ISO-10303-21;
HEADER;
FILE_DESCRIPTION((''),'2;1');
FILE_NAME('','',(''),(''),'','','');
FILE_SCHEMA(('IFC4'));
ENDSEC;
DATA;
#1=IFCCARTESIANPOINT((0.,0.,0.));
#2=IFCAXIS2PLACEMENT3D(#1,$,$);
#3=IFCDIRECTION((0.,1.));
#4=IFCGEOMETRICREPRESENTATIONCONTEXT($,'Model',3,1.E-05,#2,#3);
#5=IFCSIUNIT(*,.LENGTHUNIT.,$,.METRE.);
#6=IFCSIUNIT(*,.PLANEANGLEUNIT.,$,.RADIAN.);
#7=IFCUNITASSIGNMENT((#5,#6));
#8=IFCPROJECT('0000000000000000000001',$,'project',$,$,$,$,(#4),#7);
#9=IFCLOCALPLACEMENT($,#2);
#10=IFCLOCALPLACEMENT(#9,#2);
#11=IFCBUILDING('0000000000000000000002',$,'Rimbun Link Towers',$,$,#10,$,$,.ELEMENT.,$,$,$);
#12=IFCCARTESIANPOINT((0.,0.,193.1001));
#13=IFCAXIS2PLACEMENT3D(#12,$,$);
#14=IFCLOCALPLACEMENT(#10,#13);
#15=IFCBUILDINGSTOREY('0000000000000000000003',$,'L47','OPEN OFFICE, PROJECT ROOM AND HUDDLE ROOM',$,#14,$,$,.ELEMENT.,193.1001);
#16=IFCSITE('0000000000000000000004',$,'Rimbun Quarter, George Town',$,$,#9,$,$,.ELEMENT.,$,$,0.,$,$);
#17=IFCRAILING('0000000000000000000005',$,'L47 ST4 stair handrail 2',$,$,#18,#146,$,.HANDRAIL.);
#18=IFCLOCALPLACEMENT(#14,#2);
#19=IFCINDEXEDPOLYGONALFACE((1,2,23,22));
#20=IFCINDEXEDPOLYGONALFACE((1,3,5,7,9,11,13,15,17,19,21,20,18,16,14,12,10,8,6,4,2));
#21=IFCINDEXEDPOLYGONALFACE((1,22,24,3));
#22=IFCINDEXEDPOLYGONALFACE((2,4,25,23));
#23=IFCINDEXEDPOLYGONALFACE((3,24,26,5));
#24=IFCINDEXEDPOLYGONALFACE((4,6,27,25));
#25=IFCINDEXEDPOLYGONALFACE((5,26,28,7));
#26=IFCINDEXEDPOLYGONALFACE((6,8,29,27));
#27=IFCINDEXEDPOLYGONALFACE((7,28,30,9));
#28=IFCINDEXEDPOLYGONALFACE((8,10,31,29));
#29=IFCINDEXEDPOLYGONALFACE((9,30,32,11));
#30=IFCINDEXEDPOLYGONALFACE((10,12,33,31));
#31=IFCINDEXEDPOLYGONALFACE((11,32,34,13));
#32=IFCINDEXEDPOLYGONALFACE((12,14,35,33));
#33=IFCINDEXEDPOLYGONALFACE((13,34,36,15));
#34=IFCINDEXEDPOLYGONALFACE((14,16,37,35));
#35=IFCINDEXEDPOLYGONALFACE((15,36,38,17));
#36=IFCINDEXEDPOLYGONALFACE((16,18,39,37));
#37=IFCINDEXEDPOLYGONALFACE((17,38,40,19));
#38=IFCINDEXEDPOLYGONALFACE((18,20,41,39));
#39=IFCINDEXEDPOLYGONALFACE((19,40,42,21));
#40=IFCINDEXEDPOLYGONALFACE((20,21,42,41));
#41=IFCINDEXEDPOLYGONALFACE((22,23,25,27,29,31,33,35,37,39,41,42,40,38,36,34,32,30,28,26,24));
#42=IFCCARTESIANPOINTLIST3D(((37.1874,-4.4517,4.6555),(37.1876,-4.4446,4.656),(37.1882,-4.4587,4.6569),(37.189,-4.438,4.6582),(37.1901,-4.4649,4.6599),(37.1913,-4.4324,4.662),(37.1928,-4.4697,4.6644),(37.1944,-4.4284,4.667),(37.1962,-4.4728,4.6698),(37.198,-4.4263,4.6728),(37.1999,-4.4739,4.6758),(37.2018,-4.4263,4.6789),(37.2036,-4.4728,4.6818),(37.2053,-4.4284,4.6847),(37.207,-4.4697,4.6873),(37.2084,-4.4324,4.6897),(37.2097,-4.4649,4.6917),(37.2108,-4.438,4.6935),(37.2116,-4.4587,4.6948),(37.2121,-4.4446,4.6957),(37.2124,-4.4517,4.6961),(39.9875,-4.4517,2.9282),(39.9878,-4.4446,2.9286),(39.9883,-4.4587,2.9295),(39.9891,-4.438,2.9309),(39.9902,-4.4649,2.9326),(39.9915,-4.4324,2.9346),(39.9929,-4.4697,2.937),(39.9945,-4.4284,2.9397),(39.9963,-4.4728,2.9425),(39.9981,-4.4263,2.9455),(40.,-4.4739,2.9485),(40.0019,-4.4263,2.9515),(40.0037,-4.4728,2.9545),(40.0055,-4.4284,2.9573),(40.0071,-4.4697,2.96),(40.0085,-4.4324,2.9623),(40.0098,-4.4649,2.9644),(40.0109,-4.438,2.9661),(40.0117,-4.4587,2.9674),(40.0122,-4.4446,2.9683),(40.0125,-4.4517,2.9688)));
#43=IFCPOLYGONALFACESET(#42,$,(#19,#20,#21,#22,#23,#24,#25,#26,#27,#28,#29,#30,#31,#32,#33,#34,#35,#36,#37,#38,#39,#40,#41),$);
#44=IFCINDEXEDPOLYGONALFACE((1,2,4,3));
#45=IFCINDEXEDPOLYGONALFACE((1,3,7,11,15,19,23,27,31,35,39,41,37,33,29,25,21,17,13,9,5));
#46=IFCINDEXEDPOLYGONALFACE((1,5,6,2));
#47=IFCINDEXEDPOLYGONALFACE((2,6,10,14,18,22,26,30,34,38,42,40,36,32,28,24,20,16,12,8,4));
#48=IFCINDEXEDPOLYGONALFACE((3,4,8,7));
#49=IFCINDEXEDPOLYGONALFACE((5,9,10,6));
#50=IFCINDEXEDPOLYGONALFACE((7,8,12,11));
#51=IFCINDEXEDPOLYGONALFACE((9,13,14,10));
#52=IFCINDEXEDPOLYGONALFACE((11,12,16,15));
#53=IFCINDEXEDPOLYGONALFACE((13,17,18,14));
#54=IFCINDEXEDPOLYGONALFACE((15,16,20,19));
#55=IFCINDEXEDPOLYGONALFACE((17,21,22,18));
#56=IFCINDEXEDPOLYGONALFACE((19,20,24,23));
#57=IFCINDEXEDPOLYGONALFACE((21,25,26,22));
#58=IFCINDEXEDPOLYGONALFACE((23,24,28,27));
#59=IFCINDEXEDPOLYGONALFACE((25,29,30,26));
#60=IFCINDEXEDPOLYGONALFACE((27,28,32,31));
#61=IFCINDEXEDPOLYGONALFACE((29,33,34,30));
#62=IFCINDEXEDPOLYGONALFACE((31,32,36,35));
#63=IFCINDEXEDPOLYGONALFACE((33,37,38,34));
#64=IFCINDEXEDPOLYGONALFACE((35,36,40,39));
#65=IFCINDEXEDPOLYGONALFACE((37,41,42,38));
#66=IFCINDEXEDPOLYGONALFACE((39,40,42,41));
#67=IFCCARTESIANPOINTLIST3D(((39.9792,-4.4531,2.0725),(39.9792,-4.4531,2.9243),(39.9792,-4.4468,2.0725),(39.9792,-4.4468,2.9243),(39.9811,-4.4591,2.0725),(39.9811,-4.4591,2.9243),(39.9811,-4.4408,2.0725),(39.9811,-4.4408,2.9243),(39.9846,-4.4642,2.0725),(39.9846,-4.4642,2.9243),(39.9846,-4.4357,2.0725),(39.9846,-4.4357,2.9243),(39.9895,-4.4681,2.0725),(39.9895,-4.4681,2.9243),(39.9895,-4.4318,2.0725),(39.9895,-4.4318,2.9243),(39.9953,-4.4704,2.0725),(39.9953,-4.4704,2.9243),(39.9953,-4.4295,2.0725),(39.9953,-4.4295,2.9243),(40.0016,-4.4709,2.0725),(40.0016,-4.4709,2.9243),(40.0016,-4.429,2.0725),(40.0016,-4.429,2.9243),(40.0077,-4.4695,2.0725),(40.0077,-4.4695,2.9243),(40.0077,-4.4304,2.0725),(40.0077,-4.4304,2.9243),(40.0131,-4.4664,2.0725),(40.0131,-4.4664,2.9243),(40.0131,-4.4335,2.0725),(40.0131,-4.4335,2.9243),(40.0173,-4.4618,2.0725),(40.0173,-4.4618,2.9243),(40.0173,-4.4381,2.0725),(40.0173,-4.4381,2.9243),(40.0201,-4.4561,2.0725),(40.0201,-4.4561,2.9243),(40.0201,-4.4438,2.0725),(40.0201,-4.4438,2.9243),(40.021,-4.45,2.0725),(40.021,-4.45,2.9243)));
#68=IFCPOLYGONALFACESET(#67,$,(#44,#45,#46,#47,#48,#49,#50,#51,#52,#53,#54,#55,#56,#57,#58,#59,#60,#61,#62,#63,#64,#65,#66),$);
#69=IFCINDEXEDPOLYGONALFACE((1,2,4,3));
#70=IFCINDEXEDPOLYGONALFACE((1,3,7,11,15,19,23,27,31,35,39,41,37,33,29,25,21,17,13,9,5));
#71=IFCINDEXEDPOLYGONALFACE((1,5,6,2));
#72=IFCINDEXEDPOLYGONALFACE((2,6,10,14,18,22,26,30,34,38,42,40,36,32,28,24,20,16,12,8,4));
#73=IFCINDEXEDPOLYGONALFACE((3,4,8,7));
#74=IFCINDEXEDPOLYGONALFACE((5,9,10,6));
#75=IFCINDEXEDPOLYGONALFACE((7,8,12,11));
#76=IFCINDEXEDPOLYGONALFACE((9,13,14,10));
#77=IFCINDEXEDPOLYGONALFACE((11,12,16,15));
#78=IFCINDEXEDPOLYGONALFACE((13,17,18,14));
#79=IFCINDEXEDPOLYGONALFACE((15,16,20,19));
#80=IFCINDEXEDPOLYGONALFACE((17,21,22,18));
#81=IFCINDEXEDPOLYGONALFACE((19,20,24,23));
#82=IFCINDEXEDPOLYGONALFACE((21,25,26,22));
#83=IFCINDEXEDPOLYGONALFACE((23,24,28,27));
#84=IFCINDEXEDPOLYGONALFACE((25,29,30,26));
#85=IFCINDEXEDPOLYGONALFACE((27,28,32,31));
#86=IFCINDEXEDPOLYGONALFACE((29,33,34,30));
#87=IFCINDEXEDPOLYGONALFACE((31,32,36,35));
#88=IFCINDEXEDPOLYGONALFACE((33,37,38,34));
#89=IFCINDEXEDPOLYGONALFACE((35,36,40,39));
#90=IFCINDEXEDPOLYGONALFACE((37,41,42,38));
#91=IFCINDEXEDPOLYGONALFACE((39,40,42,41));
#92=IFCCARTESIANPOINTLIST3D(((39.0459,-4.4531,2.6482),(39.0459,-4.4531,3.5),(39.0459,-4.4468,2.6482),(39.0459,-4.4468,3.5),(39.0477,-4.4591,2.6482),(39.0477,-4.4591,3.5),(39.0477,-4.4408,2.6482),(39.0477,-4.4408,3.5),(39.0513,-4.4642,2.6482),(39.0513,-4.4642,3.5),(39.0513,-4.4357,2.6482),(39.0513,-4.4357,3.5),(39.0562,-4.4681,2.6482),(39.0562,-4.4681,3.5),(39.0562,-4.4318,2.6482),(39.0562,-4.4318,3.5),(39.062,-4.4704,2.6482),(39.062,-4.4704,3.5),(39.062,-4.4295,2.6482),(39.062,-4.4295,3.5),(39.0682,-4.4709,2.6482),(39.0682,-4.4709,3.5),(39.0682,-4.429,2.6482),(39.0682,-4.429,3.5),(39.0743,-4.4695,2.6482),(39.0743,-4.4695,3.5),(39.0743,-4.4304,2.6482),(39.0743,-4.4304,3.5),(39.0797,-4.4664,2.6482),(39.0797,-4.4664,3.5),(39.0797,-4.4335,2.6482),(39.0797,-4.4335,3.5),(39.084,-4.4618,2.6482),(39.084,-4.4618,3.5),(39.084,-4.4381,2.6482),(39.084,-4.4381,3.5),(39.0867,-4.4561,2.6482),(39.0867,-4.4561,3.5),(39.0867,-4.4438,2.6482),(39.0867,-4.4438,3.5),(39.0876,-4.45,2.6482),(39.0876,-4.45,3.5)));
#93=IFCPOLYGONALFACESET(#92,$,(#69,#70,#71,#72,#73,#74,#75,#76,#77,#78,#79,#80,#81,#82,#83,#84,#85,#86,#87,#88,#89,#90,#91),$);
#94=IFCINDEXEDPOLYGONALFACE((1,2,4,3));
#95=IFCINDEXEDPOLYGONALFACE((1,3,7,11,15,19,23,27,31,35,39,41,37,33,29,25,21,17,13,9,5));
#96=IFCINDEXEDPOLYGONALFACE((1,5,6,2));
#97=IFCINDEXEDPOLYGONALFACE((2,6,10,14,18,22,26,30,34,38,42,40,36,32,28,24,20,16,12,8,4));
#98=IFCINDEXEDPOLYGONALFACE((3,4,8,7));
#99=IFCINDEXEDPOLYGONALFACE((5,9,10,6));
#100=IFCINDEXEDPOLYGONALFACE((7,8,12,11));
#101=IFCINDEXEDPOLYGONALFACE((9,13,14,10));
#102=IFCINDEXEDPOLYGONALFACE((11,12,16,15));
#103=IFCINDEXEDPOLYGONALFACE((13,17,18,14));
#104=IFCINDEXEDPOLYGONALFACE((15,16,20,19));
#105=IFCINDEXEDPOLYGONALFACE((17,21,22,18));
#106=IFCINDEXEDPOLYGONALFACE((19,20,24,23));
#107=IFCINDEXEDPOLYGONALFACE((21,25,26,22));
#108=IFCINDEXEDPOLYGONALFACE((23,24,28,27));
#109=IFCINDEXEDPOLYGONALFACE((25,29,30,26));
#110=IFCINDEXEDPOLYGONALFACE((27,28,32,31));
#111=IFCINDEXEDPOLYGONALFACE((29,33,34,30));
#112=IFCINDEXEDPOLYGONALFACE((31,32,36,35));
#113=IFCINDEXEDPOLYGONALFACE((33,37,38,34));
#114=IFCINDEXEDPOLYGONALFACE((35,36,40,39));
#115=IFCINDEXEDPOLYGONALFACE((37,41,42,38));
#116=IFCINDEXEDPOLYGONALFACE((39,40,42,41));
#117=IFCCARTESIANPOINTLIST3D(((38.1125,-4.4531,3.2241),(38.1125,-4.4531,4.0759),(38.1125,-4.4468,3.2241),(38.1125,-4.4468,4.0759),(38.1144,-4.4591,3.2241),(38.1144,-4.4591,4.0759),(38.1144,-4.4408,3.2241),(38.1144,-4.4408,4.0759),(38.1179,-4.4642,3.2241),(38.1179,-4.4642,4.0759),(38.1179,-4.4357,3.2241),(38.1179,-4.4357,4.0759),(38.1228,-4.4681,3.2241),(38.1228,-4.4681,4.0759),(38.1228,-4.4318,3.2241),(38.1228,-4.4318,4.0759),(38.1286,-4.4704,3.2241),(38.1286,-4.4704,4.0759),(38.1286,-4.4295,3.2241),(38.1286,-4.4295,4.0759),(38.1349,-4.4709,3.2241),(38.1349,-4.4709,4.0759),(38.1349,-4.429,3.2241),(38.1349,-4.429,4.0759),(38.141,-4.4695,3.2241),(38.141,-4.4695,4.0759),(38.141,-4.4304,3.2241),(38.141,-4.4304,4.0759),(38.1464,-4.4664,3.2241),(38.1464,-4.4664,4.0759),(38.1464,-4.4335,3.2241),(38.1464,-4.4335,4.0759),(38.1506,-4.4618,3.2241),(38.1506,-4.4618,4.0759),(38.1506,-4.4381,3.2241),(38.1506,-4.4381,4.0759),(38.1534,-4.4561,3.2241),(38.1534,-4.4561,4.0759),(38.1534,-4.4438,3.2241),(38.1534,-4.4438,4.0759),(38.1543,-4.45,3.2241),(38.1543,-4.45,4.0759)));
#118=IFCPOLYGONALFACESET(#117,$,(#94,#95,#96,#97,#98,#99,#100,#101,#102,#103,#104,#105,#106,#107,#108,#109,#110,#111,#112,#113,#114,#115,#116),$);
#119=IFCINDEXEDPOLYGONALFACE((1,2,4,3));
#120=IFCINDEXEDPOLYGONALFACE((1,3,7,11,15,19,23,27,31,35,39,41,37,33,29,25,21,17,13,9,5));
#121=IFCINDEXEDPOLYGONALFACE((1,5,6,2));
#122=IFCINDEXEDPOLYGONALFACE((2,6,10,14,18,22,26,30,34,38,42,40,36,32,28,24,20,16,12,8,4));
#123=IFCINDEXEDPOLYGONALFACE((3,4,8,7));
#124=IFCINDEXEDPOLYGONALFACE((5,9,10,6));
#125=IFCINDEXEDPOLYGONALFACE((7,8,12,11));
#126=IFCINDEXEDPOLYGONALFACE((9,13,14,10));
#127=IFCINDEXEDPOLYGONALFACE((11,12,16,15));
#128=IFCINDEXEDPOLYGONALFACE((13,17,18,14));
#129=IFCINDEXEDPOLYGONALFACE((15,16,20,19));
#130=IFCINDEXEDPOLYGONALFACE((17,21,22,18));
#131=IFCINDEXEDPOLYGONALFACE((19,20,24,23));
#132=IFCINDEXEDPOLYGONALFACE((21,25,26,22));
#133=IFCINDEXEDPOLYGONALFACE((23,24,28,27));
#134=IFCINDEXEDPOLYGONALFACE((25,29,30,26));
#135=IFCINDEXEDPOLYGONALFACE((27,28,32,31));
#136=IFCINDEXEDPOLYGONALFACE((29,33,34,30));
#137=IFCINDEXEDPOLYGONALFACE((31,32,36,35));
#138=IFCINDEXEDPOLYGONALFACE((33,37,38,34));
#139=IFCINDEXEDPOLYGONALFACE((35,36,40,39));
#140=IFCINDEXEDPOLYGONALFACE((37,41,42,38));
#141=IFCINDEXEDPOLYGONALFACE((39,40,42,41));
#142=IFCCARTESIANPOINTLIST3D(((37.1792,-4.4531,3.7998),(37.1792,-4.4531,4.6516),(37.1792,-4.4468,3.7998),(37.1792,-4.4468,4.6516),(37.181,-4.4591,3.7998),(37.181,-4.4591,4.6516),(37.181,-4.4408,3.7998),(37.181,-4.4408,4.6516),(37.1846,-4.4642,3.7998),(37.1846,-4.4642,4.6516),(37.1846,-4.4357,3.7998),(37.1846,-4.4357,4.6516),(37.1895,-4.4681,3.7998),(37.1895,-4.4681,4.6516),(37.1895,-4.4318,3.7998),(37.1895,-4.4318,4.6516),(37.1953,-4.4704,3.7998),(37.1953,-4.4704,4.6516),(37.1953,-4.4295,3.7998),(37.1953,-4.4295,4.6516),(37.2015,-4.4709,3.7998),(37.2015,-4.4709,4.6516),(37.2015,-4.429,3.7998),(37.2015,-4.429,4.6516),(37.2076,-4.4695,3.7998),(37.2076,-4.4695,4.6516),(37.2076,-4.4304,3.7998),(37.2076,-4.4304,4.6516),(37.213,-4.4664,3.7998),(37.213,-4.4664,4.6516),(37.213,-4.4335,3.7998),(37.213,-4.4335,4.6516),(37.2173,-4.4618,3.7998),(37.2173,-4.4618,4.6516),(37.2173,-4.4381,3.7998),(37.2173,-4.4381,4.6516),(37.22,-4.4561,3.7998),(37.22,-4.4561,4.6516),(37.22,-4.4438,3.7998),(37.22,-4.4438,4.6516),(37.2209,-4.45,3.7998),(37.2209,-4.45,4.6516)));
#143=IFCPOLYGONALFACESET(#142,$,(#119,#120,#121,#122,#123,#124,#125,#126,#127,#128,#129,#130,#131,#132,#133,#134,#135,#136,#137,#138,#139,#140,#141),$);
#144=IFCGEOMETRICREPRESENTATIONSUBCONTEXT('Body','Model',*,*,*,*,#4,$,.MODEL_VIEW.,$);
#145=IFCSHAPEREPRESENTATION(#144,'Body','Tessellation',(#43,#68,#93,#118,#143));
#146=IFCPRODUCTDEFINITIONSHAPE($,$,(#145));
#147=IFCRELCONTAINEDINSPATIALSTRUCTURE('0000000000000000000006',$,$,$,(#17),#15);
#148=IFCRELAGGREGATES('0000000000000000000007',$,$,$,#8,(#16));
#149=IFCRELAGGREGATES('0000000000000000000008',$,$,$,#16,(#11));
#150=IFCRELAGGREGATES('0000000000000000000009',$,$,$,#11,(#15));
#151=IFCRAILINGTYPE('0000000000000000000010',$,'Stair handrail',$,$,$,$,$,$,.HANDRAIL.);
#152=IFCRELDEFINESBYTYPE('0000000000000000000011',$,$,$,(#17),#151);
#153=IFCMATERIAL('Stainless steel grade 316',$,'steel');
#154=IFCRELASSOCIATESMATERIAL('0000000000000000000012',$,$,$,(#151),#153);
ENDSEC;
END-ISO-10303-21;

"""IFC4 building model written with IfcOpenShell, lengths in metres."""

from ifc_helpers import new_model, si_unit, direction, frame, origin, origin_2d, place, context, subcontext, project, spatial, circle, extrude, material, type_object, element, save


model = new_model("IFC4")

# Units and contexts
model_context = context("Model", 3, precision=1e-05, world=origin(), true_north=direction((0.0, 1.0)))
body_context = subcontext(model_context, "Body", "Model", "MODEL_VIEW")
ifc_project = project(units=[si_unit("LENGTHUNIT", "METRE"), si_unit("PLANEANGLEUNIT", "RADIAN")], contexts=[model_context])

# Site, building, storey
site_placement = place(None, origin())
site = spatial("IfcSite", under=ifc_project, at=site_placement, Name="Rimbun Quarter, George Town", CompositionType="ELEMENT", RefElevation=0.0)
building_placement = place(site_placement, origin())
building = spatial("IfcBuilding", under=site, at=building_placement, Name="Rimbun Link Towers", CompositionType="ELEMENT")
storey_placement = place(building_placement, frame((0.0, 0.0, 193.1001)))
storey = spatial("IfcBuildingStorey", under=building, at=storey_placement, Name="L47", Description="OPEN OFFICE, PROJECT ROOM AND HUDDLE ROOM", CompositionType="ELEMENT", Elevation=193.1001)

# Railing
ifc_material_1 = material(Name="Stainless steel grade 316", Category="steel")
railing_type_1 = type_object("IfcRailingType", Name="Stair handrail", PredefinedType="HANDRAIL", material=ifc_material_1)
railing_1_placement = place(storey_placement, frame((40.0, -4.45, 2.0725)))
element("IfcRailing", 1, at=railing_1_placement, inside=storey, type_object=railing_type_1, Name="L47 ST4 stair handrail 2", PredefinedType="HANDRAIL", context=body_context, shape_type="SweptSolid", body=[
    extrude(circle(Radius=0.0239, at=origin_2d()), frame((0.0, 0.0, 0.876), z_axis=(-0.85109, 0.0, 0.52502), x_axis=(0.0, -1.0, 0.0)), (0.0, 0.0, 1.0), 3.29),
    extrude(circle(Radius=0.021, at=origin_2d()), origin(), (0.0, 0.0, 1.0), 0.8518),
    extrude(circle(Radius=0.021, at=origin_2d()), frame((-0.9333, 0.0, 0.5757)), (0.0, 0.0, 1.0), 0.8518),
    extrude(circle(Radius=0.021, at=origin_2d()), frame((-1.8667, 0.0, 1.1516)), (0.0, 0.0, 1.0), 0.8518),
    extrude(circle(Radius=0.021, at=origin_2d()), frame((-2.8, 0.0, 1.7273)), (0.0, 0.0, 1.0), 0.8518),
])

save(model, "model.ifc")
